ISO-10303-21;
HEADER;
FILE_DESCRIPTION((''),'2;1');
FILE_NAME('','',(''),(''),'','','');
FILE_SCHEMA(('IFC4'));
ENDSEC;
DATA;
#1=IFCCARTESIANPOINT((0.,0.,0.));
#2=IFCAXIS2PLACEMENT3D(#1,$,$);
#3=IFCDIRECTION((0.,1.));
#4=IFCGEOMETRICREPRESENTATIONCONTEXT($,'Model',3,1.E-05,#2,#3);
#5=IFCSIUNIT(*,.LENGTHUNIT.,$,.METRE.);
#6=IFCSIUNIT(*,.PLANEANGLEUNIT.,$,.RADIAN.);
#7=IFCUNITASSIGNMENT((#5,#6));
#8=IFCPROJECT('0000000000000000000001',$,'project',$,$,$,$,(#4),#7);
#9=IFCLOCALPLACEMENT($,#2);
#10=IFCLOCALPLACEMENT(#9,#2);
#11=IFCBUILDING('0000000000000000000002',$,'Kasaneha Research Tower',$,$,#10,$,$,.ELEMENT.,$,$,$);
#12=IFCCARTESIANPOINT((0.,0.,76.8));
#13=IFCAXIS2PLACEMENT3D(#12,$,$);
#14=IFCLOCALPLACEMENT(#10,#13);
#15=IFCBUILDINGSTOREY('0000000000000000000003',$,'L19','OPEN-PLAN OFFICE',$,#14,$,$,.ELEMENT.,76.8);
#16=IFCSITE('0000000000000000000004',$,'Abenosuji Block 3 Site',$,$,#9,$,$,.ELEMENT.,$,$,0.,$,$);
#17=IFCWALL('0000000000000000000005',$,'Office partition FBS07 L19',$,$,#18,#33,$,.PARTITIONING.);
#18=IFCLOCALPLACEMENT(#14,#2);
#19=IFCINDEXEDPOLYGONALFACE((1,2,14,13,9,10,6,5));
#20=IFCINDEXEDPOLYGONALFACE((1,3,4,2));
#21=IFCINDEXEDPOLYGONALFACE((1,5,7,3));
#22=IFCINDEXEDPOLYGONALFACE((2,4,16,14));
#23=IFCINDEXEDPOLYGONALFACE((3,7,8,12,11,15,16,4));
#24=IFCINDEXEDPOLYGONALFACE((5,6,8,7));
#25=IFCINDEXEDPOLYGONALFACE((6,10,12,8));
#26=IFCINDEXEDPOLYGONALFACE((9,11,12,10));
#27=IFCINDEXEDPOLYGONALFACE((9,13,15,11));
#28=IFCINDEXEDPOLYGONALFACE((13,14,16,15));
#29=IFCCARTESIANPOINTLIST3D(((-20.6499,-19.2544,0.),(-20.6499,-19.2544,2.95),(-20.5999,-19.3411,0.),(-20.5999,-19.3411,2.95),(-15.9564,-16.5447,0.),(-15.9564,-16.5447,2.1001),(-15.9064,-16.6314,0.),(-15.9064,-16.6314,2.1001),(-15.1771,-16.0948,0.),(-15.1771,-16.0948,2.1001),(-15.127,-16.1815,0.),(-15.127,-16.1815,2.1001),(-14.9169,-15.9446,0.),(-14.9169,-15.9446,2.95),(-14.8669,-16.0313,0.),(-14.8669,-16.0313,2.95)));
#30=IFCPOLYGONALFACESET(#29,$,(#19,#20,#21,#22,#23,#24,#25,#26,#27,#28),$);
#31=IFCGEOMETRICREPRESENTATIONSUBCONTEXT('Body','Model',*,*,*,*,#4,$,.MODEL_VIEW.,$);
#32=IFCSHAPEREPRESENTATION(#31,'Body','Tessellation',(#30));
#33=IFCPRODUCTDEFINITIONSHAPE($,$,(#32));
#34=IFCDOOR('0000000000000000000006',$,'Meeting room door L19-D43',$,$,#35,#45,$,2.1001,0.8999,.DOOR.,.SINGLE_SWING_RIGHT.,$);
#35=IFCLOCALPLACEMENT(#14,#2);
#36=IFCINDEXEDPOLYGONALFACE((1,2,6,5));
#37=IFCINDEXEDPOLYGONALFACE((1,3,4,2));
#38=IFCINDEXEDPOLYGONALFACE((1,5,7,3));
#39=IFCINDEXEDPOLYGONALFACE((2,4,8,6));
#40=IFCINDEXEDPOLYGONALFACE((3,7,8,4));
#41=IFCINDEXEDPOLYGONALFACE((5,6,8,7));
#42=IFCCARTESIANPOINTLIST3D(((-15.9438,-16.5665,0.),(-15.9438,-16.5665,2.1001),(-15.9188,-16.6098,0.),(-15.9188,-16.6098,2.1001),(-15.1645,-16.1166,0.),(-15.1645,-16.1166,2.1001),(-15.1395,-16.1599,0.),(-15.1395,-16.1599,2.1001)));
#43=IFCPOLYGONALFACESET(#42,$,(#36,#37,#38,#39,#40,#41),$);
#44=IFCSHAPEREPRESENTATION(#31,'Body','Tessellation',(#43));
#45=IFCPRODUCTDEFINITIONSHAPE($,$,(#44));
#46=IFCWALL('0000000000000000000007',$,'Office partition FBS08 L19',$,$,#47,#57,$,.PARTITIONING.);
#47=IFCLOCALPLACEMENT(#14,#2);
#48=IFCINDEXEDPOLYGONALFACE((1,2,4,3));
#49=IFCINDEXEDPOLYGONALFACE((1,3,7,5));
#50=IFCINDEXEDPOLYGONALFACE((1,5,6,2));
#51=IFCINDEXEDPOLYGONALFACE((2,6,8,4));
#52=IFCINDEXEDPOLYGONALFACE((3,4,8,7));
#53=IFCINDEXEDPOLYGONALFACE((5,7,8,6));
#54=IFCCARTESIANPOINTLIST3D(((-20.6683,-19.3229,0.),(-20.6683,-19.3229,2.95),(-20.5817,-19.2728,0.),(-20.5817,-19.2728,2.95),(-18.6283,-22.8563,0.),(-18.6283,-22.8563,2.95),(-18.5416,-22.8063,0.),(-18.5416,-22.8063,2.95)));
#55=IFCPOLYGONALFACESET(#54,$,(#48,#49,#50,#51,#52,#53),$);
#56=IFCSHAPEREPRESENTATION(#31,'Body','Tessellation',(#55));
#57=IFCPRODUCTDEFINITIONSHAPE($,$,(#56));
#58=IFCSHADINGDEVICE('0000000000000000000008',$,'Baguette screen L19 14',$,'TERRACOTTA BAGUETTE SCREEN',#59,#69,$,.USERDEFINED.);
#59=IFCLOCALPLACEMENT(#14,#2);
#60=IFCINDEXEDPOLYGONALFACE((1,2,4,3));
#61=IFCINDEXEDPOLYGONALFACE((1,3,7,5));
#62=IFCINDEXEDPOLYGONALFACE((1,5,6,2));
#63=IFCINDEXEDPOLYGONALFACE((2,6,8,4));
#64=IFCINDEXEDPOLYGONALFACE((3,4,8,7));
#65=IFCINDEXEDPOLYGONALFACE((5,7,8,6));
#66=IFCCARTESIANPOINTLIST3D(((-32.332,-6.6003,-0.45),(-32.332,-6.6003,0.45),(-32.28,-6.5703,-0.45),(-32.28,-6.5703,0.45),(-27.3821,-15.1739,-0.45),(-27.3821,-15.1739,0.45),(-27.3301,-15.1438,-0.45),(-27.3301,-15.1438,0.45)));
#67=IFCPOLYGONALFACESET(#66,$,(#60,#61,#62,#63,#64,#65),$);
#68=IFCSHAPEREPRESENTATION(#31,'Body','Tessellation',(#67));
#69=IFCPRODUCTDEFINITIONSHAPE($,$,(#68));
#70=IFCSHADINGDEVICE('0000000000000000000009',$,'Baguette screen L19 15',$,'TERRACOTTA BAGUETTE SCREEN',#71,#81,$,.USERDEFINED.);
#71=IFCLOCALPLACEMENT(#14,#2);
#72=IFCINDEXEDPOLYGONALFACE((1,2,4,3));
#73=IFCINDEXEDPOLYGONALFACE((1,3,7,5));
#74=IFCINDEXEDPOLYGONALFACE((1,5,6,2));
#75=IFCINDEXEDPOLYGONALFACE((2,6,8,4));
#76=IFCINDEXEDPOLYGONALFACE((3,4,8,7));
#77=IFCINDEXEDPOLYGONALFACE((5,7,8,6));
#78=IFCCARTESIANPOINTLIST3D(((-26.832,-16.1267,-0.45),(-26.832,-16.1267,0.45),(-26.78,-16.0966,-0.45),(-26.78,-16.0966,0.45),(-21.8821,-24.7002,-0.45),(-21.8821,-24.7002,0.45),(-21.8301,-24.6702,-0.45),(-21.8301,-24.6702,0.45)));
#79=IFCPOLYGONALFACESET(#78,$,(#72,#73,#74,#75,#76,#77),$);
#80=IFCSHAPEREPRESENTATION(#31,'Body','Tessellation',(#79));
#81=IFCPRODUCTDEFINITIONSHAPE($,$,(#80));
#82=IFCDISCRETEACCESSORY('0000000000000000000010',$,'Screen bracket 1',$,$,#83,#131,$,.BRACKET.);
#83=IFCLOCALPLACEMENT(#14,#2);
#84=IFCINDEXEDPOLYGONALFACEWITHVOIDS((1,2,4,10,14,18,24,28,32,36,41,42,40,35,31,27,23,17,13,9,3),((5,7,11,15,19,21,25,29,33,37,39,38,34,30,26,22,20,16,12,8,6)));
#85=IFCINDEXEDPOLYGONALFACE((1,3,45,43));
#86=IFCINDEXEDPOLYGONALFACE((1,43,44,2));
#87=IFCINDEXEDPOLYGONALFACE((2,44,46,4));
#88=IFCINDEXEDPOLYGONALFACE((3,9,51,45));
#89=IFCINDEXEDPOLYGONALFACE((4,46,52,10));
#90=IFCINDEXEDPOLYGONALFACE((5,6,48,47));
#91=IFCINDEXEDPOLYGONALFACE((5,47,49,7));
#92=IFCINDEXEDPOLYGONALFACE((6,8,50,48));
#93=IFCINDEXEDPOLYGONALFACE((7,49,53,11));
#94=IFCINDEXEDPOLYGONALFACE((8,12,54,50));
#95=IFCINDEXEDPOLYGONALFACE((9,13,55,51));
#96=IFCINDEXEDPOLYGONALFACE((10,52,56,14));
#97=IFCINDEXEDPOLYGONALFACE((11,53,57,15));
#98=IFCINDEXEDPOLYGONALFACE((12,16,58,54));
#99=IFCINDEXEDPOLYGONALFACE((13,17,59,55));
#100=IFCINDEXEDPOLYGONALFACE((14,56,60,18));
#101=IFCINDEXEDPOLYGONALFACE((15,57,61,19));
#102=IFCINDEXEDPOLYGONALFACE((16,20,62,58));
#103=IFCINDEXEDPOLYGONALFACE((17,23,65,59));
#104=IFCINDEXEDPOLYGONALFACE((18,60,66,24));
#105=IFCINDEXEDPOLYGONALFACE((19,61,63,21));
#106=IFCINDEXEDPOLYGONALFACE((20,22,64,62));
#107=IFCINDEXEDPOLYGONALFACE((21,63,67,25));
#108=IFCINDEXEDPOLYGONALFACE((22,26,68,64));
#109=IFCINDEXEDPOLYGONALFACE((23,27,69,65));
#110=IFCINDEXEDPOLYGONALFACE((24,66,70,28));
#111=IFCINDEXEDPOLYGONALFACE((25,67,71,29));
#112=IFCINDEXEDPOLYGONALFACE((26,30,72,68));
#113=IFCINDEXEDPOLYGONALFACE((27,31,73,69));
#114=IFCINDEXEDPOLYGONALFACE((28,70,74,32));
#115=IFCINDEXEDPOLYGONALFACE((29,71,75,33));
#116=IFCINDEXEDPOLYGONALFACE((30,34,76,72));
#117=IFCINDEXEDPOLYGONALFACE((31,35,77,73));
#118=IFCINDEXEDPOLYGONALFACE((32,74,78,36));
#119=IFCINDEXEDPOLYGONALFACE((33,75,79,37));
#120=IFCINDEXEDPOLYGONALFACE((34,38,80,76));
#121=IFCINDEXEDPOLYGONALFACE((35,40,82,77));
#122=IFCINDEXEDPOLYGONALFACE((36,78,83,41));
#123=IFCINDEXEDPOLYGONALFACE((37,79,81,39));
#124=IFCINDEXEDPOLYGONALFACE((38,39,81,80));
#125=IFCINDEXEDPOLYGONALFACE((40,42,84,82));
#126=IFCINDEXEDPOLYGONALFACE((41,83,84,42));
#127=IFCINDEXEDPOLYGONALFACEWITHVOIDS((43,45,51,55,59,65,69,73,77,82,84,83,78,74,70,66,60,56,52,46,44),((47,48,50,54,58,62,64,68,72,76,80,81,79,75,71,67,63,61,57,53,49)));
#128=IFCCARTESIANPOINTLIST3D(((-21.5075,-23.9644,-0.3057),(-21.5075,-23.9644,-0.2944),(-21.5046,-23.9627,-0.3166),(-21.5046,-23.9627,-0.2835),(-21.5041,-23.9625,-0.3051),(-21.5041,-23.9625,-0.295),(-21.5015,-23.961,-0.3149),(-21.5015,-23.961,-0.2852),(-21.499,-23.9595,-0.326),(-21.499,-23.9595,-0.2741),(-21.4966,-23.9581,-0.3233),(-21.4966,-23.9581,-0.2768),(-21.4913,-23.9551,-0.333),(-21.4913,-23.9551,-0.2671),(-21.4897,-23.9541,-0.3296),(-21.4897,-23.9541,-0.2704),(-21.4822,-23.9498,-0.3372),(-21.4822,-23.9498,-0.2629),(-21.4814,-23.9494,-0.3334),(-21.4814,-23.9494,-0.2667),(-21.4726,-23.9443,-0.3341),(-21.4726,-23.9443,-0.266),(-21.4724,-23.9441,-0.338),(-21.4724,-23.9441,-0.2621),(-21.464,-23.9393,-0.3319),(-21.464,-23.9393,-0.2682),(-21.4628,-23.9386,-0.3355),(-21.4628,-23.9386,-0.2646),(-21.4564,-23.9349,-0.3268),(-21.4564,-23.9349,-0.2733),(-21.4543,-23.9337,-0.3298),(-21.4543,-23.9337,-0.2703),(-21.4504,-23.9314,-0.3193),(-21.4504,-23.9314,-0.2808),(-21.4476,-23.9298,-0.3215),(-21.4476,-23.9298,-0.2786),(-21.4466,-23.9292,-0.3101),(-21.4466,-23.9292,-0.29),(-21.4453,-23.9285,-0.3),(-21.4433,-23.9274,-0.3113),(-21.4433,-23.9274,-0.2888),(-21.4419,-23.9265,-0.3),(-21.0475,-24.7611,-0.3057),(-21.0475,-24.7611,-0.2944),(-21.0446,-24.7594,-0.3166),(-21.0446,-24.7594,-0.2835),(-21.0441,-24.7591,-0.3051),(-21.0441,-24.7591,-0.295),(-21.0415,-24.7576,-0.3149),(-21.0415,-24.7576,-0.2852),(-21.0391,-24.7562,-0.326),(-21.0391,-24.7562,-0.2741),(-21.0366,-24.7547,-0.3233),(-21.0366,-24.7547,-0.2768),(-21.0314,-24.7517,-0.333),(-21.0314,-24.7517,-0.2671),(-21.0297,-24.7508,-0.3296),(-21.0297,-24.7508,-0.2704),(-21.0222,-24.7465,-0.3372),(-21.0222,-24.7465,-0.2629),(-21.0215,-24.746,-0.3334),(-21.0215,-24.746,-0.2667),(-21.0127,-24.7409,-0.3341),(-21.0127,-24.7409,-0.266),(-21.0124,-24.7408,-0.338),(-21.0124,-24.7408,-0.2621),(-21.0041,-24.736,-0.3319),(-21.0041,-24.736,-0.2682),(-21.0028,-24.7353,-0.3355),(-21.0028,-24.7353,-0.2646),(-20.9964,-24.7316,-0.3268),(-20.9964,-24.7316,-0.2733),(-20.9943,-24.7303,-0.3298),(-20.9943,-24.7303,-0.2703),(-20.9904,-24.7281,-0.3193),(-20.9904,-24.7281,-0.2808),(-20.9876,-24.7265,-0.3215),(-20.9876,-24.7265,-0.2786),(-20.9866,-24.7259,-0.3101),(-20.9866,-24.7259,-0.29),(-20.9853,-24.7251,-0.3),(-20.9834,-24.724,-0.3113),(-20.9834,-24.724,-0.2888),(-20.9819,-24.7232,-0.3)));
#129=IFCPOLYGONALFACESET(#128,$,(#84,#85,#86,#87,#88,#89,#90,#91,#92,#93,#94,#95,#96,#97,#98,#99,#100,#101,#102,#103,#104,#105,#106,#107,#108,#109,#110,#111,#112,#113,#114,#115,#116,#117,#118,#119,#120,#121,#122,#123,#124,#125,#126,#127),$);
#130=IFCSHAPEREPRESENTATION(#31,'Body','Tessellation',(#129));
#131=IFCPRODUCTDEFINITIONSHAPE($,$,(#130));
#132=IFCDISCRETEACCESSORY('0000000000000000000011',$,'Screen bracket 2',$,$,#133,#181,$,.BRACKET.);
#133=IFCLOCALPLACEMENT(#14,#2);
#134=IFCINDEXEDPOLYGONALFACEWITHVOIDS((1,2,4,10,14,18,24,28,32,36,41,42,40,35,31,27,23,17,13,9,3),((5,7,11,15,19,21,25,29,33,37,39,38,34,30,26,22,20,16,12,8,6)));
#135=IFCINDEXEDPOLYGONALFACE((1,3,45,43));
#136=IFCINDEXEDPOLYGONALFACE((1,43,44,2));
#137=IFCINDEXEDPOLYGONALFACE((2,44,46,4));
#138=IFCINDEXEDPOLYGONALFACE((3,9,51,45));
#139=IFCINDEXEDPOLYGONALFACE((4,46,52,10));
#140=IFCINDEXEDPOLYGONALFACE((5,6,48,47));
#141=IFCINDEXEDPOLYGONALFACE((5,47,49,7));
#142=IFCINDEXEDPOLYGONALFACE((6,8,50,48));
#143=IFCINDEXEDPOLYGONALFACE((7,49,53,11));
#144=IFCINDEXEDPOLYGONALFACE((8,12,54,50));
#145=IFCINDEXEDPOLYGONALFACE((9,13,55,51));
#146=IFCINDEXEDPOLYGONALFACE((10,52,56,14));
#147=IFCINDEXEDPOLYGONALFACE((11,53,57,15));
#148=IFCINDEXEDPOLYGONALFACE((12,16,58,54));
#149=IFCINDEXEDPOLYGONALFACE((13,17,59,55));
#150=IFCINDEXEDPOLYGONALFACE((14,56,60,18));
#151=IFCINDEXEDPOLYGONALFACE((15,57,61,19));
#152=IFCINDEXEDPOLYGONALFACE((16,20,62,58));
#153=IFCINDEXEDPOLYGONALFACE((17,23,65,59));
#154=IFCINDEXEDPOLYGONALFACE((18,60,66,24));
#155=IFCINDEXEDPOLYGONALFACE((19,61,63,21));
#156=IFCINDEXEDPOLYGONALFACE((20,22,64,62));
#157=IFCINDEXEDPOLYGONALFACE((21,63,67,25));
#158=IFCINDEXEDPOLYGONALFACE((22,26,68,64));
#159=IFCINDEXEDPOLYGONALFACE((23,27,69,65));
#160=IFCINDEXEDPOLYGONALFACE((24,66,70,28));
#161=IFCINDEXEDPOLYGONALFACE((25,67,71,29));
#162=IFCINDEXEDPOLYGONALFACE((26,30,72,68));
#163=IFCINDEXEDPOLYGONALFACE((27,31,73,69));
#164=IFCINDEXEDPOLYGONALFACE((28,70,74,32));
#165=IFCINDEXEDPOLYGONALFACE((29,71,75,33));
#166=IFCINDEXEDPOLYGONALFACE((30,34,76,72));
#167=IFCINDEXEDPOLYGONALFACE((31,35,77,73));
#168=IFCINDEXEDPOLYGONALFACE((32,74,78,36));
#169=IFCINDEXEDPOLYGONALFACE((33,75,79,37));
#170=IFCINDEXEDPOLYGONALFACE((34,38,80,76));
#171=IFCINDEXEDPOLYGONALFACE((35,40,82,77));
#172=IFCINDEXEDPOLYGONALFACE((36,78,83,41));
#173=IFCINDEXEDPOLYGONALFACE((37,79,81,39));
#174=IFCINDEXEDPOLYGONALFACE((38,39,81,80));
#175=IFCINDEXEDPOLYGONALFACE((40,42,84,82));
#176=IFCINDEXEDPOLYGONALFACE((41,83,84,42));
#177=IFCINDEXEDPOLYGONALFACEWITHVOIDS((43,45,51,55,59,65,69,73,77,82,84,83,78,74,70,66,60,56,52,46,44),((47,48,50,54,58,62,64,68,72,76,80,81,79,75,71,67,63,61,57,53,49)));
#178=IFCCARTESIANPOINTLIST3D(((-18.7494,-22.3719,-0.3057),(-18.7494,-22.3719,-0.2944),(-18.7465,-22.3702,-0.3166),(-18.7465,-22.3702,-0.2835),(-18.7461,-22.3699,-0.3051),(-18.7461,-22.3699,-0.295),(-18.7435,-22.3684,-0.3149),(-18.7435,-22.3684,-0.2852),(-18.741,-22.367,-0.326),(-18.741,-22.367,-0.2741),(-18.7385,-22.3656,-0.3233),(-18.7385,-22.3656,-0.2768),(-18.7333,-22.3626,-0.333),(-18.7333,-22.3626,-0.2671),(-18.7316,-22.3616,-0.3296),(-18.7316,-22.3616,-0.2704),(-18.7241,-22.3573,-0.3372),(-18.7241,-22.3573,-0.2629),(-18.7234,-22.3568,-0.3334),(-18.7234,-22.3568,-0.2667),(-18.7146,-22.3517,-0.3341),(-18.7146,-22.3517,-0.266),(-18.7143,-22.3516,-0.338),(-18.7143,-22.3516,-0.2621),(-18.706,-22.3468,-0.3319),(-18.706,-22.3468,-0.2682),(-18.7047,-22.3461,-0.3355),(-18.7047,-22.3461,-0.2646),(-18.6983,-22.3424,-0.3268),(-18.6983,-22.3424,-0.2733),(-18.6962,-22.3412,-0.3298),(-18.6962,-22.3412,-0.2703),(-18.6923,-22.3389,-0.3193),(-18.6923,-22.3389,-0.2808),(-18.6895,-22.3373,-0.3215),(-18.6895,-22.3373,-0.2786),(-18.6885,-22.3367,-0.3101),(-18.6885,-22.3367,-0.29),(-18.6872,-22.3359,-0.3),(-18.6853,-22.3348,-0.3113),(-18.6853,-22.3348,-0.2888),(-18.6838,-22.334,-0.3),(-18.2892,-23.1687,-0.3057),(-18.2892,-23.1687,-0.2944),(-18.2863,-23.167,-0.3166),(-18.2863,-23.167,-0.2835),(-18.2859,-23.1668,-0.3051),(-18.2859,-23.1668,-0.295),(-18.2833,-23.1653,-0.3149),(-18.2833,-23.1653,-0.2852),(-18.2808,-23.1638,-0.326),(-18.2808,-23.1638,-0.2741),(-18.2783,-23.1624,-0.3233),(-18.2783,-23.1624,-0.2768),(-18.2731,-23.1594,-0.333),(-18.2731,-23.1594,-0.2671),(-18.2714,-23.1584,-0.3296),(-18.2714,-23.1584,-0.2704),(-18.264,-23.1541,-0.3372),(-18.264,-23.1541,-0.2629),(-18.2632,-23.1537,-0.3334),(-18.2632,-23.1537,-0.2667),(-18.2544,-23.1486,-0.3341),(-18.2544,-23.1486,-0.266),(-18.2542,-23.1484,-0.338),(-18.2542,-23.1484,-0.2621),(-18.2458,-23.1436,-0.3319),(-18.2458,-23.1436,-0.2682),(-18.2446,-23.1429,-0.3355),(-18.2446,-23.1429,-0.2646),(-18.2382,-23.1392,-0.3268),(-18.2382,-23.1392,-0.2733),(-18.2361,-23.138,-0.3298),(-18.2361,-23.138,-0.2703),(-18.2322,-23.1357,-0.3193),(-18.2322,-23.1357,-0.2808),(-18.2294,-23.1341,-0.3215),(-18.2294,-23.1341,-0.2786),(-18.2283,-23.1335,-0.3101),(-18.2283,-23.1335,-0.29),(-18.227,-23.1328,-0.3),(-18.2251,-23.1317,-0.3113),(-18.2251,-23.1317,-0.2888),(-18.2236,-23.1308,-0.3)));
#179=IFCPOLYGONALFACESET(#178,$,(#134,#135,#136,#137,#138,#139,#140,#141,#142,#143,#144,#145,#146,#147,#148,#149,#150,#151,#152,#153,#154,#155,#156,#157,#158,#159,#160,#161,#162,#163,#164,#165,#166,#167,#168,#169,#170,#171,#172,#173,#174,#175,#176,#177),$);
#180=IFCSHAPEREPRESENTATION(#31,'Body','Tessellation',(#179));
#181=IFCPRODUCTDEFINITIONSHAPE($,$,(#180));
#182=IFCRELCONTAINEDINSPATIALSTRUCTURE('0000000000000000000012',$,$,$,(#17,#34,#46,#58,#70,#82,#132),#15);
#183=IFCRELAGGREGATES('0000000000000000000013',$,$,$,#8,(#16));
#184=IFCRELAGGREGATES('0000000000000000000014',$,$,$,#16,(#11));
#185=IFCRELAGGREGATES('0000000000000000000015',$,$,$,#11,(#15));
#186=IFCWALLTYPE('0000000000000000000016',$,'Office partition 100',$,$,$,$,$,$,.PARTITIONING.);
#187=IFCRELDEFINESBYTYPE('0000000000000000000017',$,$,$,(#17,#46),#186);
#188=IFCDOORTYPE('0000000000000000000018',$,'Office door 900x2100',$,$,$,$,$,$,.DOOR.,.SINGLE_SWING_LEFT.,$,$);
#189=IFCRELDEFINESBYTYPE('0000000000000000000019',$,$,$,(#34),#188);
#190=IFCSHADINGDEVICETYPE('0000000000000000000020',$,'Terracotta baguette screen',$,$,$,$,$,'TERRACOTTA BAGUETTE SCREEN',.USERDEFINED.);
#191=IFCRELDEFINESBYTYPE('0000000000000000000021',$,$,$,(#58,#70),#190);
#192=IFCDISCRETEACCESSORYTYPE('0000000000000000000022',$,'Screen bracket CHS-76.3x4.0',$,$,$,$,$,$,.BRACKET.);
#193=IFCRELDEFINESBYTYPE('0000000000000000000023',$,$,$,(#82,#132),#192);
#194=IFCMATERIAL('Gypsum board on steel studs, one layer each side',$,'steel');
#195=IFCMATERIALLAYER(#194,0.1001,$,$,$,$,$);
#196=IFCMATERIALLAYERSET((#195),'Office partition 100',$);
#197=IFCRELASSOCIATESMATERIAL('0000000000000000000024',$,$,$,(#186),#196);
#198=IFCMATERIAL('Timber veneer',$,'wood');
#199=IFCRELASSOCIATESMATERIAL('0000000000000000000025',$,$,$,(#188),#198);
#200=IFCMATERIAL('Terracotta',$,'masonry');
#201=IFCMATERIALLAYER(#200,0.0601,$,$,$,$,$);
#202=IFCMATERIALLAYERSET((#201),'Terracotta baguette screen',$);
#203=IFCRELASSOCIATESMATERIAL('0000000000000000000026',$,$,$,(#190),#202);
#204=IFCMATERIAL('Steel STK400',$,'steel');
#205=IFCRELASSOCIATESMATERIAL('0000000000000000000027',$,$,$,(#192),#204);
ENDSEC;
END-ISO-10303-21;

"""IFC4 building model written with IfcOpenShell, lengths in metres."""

from ifc_helpers import new_model, si_unit, direction, frame, frame_2d, origin, origin_2d, place, context, subcontext, project, spatial, rectangle, hollow_circle, extrude, material, layer, layer_set, material_profile, profile_set, type_object, element, fill, save


model = new_model("IFC4")

# Units and contexts
model_context = context("Model", 3, precision=1e-05, world=origin(), true_north=direction((0.0, 1.0)))
body_context = subcontext(model_context, "Body", "Model", "MODEL_VIEW")
ifc_project = project(units=[si_unit("LENGTHUNIT", "METRE"), si_unit("PLANEANGLEUNIT", "RADIAN")], contexts=[model_context])

# Site, building, storey
site_placement = place(None, origin())
site = spatial("IfcSite", under=ifc_project, at=site_placement, Name="Abenosuji Block 3 Site", CompositionType="ELEMENT", RefElevation=0.0)
building_placement = place(site_placement, origin())
building = spatial("IfcBuilding", under=site, at=building_placement, Name="Kasaneha Research Tower", CompositionType="ELEMENT")
storey_placement = place(building_placement, frame((0.0, 0.0, 76.8)))
storey = spatial("IfcBuildingStorey", under=building, at=storey_placement, Name="L19", Description="OPEN-PLAN OFFICE", CompositionType="ELEMENT", Elevation=76.8)

# Shared definitions
ifc_material_1 = material(Name="Gypsum board on steel studs, one layer each side", Category="steel")
ifc_layer_1 = layer(ifc_material_1, 0.1001)
ifc_layer_set_1 = layer_set([ifc_layer_1], Name="Office partition 100")
wall_type = type_object("IfcWallType", Name="Office partition 100", PredefinedType="PARTITIONING", material=ifc_layer_set_1)

# Wall, opening, door
ifc_material_2 = material(Name="Timber veneer", Category="wood")
door_type = type_object("IfcDoorType", Name="Office door 900x2100", OperationType="SINGLE_SWING_LEFT", PredefinedType="DOOR", material=ifc_material_2)
wall_1_placement = place(storey_placement, frame((-20.625, -19.2979, 0.0), z_axis=(0.0, 0.0, 1.0), x_axis=(0.866031, 0.499991, 0.0)))
wall_1 = element("IfcWall", 1, at=wall_1_placement, inside=storey, type_object=wall_type, Name="Office partition FBS07 L19", PredefinedType="PARTITIONING", context=body_context, shape_type="SweptSolid", body=[
    extrude(rectangle(XDim=6.6199, YDim=0.1001, at=frame_2d((3.3101, 0.0))), origin(), (0.0, 0.0, 1.0), 2.95),
])
opening_1_placement = place(wall_1_placement, frame((5.4197, 0.0, 0.0)))
opening_1 = element("IfcOpeningElement", 2, at=opening_1_placement, cuts=wall_1, PredefinedType="OPENING", context=body_context, shape_type="SweptSolid", body=[
    extrude(rectangle(XDim=0.8999, YDim=2.1001, at=frame_2d((0.45, 1.05))), frame((0.0, 0.0601, 0.0), z_axis=(0.0, -1.0, 0.0), x_axis=(1.0, 0.0, 0.0)), (0.0, 0.0, 1.0), 0.1201),
])
door_1_placement = place(opening_1_placement, origin())
door_1 = element("IfcDoor", 3, at=door_1_placement, inside=storey, type_object=door_type, Name="Meeting room door L19-D43", OperationType="SINGLE_SWING_RIGHT", OverallHeight=2.1001, OverallWidth=0.8999, PredefinedType="DOOR", context=body_context, shape_type="SweptSolid", body=[
    extrude(rectangle(XDim=0.8999, YDim=2.1001, at=frame_2d((0.45, 1.05))), frame((0.0, 0.0249, 0.0), z_axis=(0.0, -1.0, 0.0), x_axis=(1.0, 0.0, 0.0)), (0.0, 0.0, 1.0), 0.05),
])
fill(opening_1, door_1)

# Wall
wall_2_placement = place(storey_placement, frame((-18.585, -22.8313, 0.0), z_axis=(0.0, 0.0, 1.0), x_axis=(-0.5, 0.866025, 0.0)))
element("IfcWall", 4, at=wall_2_placement, inside=storey, type_object=wall_type, Name="Office partition FBS08 L19", PredefinedType="PARTITIONING", context=body_context, shape_type="SweptSolid", body=[
    extrude(rectangle(XDim=4.0801, YDim=0.1001, at=frame_2d((2.04, 0.0))), origin(), (0.0, 0.0, 1.0), 2.95),
])

# Shading devices
ifc_material_3 = material(Name="Terracotta", Category="masonry")
ifc_layer_2 = layer(ifc_material_3, 0.0601)
ifc_layer_set_2 = layer_set([ifc_layer_2], Name="Terracotta baguette screen")
shading_device_type = type_object("IfcShadingDeviceType", Name="Terracotta baguette screen", ElementType="TERRACOTTA BAGUETTE SCREEN", PredefinedType="USERDEFINED", material=ifc_layer_set_2)
for number, where, z_axis, x_axis, name in (
    (5, (-29.8311, -10.8721, -0.45), (0.0, 0.0, 1.0), (0.5, -0.866025, 0.0), "Baguette screen L19 14"),
    (6, (-24.3311, -20.3984, -0.45), (0.0, 0.0, 1.0), (0.5, -0.866025, 0.0), "Baguette screen L19 15"),
):
    element("IfcShadingDevice", number, at=place(storey_placement, frame(where, z_axis=z_axis, x_axis=x_axis)), inside=storey, type_object=shading_device_type, Name=name, ObjectType="TERRACOTTA BAGUETTE SCREEN", PredefinedType="USERDEFINED", context=body_context, shape_type="SweptSolid", body=[
        extrude(rectangle(XDim=9.8999, YDim=0.0601, at=origin_2d()), origin(), (0.0, 0.0, 1.0), 0.8999),
    ])

# Discrete accessories
ifc_material_4 = material(Name="Steel STK400", Category="steel")
ifc_material_profile_1 = material_profile(ifc_material_4, hollow_circle(Radius=0.0381, WallThickness=0.0039, at=origin_2d()), Name="CHS-76.3x4.0")
ifc_profile_set_1 = profile_set([ifc_material_profile_1], Name="Steel STK400")
discrete_accessory_type = type_object("IfcDiscreteAccessoryType", Name="Screen bracket CHS-76.3x4.0", PredefinedType="BRACKET", material=ifc_profile_set_1)
discrete_accessory_1_placement = place(storey_placement, frame((-21.4749, -23.9456, -0.3), z_axis=(0.500021, -0.866013, 0.0), x_axis=(0.866013, 0.500021, 0.0)))
element("IfcDiscreteAccessory", 7, at=discrete_accessory_1_placement, inside=storey, type_object=discrete_accessory_type, Name="Screen bracket 1", PredefinedType="BRACKET", context=body_context, shape_type="SweptSolid", body=[
    extrude(hollow_circle(Radius=0.0381, WallThickness=0.0039, at=origin_2d()), origin(), (0.0, 0.0, 1.0), 0.9199),
])
for number, where, z_axis, x_axis, name in (
    (8, (-18.7168, -22.353, -0.3), (0.500105, -0.865965, 0.0), (0.865965, 0.500105, 0.0), "Screen bracket 2"),
):
    element("IfcDiscreteAccessory", number, at=place(storey_placement, frame(where, z_axis=z_axis, x_axis=x_axis)), inside=storey, type_object=discrete_accessory_type, Name=name, PredefinedType="BRACKET", context=body_context, shape_type="SweptSolid", body=[
        extrude(hollow_circle(Radius=0.0381, WallThickness=0.0039, at=origin_2d()), origin(), (0.0, 0.0, 1.0), 0.9202),
    ])

save(model, "model.ifc")
